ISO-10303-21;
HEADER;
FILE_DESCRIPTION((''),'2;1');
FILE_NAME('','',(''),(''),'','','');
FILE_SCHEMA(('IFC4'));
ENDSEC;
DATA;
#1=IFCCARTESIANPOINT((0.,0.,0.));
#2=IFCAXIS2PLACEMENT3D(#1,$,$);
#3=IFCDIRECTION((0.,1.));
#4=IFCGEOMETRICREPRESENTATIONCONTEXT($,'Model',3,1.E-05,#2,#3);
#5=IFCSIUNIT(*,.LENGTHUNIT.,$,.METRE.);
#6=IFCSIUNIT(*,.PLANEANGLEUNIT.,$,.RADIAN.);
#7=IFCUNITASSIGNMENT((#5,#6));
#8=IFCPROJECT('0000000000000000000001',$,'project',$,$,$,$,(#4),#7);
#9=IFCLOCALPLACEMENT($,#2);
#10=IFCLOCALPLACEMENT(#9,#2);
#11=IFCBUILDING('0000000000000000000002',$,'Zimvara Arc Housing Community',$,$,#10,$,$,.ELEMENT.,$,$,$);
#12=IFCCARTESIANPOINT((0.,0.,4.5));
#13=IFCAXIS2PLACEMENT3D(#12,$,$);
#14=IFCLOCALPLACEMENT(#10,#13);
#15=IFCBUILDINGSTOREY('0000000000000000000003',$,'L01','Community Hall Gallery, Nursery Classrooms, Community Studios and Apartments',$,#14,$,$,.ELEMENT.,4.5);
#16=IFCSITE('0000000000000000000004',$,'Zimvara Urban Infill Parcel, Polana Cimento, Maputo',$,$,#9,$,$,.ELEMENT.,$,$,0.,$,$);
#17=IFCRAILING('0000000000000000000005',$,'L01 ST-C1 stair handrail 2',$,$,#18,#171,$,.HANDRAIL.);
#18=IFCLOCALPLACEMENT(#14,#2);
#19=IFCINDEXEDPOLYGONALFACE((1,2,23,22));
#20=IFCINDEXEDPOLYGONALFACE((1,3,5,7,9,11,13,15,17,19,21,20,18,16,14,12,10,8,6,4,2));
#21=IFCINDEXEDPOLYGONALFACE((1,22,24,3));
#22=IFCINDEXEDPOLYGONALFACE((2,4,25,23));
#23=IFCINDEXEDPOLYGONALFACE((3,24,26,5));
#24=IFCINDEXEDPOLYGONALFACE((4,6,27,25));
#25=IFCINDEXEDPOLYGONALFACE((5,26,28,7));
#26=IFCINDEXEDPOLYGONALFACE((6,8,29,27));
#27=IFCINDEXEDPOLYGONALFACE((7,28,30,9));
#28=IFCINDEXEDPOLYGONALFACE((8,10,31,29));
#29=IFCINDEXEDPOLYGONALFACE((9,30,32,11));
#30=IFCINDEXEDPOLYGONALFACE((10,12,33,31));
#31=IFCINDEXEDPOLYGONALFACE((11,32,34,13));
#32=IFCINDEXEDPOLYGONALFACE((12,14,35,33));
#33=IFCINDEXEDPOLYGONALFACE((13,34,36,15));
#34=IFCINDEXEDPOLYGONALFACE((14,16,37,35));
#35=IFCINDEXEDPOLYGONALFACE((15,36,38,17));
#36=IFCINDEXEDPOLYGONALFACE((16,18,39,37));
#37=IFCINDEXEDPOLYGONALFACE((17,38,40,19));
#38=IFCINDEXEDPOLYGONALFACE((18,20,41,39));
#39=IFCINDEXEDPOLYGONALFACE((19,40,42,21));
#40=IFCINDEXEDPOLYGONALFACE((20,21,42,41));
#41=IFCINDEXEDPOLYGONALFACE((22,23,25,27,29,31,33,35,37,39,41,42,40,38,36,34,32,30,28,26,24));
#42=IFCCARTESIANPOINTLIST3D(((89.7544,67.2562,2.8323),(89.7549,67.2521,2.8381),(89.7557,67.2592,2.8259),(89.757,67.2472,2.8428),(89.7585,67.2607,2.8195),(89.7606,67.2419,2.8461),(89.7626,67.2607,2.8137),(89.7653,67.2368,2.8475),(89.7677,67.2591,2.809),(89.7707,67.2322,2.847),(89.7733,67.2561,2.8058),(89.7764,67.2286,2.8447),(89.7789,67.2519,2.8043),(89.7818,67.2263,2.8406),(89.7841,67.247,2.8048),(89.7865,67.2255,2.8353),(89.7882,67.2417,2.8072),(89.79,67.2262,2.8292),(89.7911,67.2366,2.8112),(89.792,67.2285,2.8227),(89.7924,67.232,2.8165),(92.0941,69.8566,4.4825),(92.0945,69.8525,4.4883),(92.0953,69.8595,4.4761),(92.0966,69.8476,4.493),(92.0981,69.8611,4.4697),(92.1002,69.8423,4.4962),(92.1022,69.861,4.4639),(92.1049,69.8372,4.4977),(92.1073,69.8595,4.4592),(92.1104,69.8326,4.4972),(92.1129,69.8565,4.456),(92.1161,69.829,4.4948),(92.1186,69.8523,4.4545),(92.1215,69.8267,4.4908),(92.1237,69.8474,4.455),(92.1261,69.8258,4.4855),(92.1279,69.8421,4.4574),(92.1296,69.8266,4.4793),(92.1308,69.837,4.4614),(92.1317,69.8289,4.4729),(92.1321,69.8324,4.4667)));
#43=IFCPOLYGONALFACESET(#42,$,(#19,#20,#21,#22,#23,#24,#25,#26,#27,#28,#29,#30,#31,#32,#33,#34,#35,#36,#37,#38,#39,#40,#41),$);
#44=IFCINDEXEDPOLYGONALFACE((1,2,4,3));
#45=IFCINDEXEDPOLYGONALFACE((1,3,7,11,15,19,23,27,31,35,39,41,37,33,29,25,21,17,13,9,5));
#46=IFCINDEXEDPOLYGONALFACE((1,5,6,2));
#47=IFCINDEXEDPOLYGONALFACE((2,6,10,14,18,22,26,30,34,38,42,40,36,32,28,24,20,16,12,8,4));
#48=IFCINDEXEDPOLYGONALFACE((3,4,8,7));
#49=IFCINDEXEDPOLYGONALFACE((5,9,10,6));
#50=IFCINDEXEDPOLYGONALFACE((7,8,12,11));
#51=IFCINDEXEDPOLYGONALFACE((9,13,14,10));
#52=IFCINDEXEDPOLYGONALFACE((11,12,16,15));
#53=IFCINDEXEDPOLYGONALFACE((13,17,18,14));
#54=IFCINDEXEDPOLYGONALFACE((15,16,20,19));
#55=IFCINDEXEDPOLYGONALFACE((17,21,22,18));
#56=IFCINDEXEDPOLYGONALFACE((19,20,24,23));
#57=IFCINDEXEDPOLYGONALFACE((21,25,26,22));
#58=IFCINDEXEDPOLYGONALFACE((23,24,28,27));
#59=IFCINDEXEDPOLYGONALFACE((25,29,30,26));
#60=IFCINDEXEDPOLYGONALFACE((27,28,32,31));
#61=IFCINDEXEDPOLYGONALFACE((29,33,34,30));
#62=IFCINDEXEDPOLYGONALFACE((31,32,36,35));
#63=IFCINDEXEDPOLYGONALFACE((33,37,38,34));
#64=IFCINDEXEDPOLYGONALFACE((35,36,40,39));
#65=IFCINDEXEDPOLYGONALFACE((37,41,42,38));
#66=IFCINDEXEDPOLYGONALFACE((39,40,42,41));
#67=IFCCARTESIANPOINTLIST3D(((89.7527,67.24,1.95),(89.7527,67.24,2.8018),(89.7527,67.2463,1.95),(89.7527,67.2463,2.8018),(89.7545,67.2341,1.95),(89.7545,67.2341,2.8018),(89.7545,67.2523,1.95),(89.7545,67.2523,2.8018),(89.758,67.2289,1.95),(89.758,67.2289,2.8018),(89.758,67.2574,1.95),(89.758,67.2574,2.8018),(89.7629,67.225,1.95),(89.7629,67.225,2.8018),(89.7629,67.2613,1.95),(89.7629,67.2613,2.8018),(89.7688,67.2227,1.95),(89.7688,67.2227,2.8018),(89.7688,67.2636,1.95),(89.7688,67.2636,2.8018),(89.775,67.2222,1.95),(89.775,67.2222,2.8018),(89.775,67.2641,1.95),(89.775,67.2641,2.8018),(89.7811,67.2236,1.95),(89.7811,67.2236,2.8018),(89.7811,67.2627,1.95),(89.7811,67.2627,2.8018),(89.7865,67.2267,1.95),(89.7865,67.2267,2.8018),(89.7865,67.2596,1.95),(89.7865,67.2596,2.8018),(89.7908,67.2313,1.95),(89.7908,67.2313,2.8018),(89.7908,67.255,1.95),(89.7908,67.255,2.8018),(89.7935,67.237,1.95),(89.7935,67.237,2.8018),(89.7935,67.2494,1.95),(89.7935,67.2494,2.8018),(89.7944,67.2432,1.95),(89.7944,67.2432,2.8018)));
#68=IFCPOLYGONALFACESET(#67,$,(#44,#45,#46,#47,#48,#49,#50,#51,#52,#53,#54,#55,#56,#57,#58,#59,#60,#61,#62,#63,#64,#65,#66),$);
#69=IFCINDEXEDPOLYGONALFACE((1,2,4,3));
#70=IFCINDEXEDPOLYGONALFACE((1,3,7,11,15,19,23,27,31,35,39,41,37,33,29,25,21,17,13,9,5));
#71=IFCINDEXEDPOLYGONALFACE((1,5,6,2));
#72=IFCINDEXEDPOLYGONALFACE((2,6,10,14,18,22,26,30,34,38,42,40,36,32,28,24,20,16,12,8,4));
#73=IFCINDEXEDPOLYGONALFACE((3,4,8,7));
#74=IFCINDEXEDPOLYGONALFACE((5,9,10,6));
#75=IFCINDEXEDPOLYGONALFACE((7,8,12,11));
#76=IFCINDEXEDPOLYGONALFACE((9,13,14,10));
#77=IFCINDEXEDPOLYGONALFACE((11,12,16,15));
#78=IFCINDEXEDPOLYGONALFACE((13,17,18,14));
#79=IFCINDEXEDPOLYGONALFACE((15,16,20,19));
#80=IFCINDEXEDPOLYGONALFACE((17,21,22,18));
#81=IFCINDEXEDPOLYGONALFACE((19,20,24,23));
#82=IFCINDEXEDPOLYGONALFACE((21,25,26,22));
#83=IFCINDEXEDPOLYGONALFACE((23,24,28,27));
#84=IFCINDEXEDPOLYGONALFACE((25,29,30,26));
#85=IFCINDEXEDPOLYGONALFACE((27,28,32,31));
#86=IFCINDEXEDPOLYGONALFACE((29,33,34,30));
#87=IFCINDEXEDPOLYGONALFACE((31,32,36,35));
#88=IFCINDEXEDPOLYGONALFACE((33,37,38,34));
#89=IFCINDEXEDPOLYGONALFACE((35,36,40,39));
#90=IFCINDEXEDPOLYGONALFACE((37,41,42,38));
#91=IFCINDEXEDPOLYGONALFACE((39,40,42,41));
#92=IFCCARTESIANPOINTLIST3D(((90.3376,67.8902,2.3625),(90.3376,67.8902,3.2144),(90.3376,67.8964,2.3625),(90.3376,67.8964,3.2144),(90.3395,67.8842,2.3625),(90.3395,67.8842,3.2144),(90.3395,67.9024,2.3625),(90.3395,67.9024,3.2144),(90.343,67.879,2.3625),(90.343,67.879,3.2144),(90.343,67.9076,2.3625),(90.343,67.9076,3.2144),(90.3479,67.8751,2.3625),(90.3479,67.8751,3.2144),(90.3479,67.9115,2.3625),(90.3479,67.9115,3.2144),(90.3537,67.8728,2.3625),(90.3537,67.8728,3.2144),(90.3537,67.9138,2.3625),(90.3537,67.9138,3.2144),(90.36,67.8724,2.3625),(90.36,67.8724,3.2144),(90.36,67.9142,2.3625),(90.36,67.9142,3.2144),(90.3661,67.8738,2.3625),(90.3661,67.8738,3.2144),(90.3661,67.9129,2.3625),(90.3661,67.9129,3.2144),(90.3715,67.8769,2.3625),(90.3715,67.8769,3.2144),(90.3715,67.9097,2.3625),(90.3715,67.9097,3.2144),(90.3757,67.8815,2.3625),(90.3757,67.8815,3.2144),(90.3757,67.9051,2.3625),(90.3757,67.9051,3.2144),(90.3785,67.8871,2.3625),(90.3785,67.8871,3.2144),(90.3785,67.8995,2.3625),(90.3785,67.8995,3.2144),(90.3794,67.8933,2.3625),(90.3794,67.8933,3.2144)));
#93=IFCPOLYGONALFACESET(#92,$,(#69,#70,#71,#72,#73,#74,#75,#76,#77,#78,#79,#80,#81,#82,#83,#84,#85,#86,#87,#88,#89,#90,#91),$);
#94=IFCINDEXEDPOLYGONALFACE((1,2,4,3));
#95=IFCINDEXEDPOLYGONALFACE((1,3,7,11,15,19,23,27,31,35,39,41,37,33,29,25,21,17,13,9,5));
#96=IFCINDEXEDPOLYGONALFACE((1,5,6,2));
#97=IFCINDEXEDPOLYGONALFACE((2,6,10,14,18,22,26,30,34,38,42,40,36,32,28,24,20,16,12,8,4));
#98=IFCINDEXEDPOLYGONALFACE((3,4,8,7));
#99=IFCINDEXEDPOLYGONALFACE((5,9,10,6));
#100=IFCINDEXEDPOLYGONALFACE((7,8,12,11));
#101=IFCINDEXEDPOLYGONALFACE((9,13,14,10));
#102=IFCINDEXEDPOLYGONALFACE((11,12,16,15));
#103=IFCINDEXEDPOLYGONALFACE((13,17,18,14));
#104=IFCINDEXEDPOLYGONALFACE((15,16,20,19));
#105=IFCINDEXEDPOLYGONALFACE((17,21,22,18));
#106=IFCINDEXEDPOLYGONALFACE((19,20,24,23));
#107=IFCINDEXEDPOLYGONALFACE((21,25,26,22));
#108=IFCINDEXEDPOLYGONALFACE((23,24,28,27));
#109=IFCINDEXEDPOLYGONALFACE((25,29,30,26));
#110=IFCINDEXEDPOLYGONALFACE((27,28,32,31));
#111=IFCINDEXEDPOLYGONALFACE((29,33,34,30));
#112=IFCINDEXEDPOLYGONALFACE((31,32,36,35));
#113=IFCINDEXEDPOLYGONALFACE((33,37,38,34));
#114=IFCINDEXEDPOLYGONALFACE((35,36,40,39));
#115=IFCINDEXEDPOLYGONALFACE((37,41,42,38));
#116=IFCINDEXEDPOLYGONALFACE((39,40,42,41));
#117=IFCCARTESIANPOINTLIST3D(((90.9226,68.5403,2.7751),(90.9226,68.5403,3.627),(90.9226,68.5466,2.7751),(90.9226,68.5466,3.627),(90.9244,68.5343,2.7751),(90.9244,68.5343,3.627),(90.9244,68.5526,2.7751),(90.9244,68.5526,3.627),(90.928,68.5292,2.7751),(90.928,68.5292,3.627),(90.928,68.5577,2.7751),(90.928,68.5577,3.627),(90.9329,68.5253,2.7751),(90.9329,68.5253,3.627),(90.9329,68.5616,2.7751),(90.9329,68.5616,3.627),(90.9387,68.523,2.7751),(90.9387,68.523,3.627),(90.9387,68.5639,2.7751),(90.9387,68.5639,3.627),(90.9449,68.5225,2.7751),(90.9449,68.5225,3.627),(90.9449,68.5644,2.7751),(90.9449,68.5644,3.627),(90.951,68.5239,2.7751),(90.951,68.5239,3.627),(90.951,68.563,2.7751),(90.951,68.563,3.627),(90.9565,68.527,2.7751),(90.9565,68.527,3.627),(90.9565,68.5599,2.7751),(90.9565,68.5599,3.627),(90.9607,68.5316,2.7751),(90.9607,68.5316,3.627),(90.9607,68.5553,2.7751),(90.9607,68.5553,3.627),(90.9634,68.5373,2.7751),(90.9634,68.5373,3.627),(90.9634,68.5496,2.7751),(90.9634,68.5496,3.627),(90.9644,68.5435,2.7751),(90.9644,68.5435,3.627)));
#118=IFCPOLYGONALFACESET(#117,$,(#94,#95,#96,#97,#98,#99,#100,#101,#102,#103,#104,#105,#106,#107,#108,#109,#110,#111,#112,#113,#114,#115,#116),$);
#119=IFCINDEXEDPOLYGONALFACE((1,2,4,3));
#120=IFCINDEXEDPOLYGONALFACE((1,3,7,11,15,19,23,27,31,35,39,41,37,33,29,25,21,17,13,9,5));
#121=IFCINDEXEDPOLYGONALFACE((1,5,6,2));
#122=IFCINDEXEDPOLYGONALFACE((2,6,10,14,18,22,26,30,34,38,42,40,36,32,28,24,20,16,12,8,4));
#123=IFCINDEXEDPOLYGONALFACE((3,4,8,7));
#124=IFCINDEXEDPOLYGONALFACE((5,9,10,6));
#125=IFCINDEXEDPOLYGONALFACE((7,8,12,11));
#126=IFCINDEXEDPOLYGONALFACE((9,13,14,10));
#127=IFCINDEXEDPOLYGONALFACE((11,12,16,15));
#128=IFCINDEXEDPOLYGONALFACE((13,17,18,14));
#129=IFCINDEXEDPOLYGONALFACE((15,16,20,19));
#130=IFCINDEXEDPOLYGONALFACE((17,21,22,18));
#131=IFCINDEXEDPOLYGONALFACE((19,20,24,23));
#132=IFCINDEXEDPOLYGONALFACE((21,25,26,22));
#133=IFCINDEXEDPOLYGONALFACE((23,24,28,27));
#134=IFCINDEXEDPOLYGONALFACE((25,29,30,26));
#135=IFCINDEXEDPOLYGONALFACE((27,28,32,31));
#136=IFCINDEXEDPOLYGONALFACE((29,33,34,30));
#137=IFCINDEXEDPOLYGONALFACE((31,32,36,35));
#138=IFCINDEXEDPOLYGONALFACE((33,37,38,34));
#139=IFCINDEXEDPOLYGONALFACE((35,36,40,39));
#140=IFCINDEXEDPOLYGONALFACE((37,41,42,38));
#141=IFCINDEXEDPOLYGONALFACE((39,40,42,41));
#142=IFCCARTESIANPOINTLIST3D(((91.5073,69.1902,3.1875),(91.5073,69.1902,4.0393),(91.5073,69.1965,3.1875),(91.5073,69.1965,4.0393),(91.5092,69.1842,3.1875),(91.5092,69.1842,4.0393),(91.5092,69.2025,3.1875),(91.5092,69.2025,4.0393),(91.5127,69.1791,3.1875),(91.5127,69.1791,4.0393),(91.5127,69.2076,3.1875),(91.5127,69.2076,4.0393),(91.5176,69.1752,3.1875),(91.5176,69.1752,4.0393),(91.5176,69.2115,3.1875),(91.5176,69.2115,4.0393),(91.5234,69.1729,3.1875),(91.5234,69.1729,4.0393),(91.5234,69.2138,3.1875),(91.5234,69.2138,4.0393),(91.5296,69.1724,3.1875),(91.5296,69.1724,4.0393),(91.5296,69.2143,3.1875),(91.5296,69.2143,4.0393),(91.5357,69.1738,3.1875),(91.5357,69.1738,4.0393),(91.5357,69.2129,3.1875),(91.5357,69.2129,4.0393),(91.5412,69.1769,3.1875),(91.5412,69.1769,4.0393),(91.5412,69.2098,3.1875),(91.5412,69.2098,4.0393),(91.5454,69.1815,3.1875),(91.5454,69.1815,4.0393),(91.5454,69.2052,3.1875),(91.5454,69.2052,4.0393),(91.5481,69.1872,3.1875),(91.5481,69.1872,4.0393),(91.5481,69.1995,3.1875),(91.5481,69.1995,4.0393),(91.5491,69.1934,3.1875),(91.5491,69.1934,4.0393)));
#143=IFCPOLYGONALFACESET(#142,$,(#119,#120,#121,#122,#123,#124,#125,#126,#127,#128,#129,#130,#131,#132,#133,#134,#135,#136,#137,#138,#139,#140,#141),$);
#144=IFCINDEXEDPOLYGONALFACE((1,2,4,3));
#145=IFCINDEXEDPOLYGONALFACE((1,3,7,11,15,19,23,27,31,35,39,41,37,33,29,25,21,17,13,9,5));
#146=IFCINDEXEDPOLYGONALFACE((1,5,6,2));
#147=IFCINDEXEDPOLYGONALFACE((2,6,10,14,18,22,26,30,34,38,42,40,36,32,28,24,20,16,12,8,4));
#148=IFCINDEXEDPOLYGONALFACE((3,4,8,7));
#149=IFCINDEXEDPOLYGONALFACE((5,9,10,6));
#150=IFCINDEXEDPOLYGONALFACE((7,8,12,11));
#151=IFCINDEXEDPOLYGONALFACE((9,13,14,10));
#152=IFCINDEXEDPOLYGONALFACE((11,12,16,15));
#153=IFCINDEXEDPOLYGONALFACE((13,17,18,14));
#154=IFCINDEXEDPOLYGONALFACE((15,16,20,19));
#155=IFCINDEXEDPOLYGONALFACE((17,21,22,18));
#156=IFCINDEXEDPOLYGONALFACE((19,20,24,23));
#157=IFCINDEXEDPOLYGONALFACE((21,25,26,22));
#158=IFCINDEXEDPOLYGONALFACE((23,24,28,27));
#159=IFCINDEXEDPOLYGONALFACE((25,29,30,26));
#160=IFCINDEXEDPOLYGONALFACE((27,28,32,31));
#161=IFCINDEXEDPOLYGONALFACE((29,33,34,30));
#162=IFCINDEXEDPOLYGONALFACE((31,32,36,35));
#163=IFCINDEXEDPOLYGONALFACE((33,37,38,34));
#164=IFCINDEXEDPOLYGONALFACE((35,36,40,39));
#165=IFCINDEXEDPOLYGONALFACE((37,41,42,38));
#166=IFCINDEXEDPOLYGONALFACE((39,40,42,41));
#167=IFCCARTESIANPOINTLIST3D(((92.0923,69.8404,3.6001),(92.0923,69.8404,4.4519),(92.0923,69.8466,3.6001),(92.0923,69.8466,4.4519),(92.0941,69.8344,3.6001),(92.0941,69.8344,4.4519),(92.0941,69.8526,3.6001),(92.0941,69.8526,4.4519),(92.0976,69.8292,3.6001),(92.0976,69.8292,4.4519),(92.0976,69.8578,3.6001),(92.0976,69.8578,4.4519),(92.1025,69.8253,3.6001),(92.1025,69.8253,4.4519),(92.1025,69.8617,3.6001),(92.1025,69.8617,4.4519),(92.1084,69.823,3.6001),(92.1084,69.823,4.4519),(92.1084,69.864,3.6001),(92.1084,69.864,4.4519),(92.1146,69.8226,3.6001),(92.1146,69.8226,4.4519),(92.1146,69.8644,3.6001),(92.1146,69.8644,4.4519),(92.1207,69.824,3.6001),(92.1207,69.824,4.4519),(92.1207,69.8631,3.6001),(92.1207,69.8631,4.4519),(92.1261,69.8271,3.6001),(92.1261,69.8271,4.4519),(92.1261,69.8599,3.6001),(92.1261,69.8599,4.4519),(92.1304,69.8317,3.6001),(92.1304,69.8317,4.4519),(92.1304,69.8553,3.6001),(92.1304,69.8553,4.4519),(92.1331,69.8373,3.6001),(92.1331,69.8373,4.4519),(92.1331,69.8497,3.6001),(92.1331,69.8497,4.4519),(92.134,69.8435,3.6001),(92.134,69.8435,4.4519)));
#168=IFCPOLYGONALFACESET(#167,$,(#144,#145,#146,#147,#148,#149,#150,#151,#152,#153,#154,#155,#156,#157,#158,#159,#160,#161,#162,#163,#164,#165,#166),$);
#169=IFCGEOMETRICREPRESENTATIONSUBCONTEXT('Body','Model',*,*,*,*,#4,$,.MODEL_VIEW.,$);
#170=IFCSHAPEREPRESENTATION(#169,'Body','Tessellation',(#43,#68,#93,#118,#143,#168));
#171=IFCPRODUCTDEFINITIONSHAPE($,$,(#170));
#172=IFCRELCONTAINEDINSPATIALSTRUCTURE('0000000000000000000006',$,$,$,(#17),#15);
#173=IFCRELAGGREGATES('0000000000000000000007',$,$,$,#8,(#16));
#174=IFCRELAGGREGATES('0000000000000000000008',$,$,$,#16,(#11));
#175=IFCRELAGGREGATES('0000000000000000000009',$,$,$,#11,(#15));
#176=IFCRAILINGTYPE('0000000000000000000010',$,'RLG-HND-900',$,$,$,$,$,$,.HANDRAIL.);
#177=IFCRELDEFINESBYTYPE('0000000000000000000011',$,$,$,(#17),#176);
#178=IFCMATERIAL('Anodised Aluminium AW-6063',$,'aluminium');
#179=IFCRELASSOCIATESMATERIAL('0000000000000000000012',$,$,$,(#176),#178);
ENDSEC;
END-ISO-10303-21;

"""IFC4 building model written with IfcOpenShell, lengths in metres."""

from ifc_helpers import new_model, si_unit, direction, frame, origin, origin_2d, place, context, subcontext, project, spatial, circle, extrude, material, type_object, element, save


model = new_model("IFC4")

# Units and contexts
model_context = context("Model", 3, precision=1e-05, world=origin(), true_north=direction((0.0, 1.0)))
body_context = subcontext(model_context, "Body", "Model", "MODEL_VIEW")
ifc_project = project(units=[si_unit("LENGTHUNIT", "METRE"), si_unit("PLANEANGLEUNIT", "RADIAN")], contexts=[model_context])

# Site, building, storey
site_placement = place(None, origin())
site = spatial("IfcSite", under=ifc_project, at=site_placement, Name="Zimvara Urban Infill Parcel, Polana Cimento, Maputo", CompositionType="ELEMENT", RefElevation=0.0)
building_placement = place(site_placement, origin())
building = spatial("IfcBuilding", under=site, at=building_placement, Name="Zimvara Arc Housing Community", CompositionType="ELEMENT")
storey_placement = place(building_placement, frame((0.0, 0.0, 4.5)))
storey = spatial("IfcBuildingStorey", under=building, at=storey_placement, Name="L01", Description="Community Hall Gallery, Nursery Classrooms, Community Studios and Apartments", CompositionType="ELEMENT", Elevation=4.5)

# Railing
ifc_material_1 = material(Name="Anodised Aluminium AW-6063", Category="aluminium")
railing_type_1 = type_object("IfcRailingType", Name="RLG-HND-900", PredefinedType="HANDRAIL", material=ifc_material_1)
railing_1_placement = place(storey_placement, frame((89.7734, 67.2432, 1.95)))
element("IfcRailing", 1, at=railing_1_placement, inside=storey, type_object=railing_type_1, Name="L01 ST-C1 stair handrail 2", PredefinedType="HANDRAIL", context=body_context, shape_type="SweptSolid", body=[
    extrude(circle(Radius=0.0239, at=origin_2d()), frame((0.0, 0.0, 0.876), z_axis=(0.60492, 0.672336, 0.426657), x_axis=(-0.743395, 0.668853, 0.0)), (0.0, 0.0, 1.0), 3.8677),
    extrude(circle(Radius=0.021, at=origin_2d()), origin(), (0.0, 0.0, 1.0), 0.8518),
    extrude(circle(Radius=0.021, at=origin_2d()), frame((0.585, 0.6501, 0.4126)), (0.0, 0.0, 1.0), 0.8518),
    extrude(circle(Radius=0.021, at=origin_2d()), frame((1.1699, 1.3003, 0.8252)), (0.0, 0.0, 1.0), 0.8518),
    extrude(circle(Radius=0.021, at=origin_2d()), frame((1.7546, 1.9502, 1.2375)), (0.0, 0.0, 1.0), 0.8518),
    extrude(circle(Radius=0.021, at=origin_2d()), frame((2.3396, 2.6003, 1.6501)), (0.0, 0.0, 1.0), 0.8518),
])

save(model, "model.ifc")
